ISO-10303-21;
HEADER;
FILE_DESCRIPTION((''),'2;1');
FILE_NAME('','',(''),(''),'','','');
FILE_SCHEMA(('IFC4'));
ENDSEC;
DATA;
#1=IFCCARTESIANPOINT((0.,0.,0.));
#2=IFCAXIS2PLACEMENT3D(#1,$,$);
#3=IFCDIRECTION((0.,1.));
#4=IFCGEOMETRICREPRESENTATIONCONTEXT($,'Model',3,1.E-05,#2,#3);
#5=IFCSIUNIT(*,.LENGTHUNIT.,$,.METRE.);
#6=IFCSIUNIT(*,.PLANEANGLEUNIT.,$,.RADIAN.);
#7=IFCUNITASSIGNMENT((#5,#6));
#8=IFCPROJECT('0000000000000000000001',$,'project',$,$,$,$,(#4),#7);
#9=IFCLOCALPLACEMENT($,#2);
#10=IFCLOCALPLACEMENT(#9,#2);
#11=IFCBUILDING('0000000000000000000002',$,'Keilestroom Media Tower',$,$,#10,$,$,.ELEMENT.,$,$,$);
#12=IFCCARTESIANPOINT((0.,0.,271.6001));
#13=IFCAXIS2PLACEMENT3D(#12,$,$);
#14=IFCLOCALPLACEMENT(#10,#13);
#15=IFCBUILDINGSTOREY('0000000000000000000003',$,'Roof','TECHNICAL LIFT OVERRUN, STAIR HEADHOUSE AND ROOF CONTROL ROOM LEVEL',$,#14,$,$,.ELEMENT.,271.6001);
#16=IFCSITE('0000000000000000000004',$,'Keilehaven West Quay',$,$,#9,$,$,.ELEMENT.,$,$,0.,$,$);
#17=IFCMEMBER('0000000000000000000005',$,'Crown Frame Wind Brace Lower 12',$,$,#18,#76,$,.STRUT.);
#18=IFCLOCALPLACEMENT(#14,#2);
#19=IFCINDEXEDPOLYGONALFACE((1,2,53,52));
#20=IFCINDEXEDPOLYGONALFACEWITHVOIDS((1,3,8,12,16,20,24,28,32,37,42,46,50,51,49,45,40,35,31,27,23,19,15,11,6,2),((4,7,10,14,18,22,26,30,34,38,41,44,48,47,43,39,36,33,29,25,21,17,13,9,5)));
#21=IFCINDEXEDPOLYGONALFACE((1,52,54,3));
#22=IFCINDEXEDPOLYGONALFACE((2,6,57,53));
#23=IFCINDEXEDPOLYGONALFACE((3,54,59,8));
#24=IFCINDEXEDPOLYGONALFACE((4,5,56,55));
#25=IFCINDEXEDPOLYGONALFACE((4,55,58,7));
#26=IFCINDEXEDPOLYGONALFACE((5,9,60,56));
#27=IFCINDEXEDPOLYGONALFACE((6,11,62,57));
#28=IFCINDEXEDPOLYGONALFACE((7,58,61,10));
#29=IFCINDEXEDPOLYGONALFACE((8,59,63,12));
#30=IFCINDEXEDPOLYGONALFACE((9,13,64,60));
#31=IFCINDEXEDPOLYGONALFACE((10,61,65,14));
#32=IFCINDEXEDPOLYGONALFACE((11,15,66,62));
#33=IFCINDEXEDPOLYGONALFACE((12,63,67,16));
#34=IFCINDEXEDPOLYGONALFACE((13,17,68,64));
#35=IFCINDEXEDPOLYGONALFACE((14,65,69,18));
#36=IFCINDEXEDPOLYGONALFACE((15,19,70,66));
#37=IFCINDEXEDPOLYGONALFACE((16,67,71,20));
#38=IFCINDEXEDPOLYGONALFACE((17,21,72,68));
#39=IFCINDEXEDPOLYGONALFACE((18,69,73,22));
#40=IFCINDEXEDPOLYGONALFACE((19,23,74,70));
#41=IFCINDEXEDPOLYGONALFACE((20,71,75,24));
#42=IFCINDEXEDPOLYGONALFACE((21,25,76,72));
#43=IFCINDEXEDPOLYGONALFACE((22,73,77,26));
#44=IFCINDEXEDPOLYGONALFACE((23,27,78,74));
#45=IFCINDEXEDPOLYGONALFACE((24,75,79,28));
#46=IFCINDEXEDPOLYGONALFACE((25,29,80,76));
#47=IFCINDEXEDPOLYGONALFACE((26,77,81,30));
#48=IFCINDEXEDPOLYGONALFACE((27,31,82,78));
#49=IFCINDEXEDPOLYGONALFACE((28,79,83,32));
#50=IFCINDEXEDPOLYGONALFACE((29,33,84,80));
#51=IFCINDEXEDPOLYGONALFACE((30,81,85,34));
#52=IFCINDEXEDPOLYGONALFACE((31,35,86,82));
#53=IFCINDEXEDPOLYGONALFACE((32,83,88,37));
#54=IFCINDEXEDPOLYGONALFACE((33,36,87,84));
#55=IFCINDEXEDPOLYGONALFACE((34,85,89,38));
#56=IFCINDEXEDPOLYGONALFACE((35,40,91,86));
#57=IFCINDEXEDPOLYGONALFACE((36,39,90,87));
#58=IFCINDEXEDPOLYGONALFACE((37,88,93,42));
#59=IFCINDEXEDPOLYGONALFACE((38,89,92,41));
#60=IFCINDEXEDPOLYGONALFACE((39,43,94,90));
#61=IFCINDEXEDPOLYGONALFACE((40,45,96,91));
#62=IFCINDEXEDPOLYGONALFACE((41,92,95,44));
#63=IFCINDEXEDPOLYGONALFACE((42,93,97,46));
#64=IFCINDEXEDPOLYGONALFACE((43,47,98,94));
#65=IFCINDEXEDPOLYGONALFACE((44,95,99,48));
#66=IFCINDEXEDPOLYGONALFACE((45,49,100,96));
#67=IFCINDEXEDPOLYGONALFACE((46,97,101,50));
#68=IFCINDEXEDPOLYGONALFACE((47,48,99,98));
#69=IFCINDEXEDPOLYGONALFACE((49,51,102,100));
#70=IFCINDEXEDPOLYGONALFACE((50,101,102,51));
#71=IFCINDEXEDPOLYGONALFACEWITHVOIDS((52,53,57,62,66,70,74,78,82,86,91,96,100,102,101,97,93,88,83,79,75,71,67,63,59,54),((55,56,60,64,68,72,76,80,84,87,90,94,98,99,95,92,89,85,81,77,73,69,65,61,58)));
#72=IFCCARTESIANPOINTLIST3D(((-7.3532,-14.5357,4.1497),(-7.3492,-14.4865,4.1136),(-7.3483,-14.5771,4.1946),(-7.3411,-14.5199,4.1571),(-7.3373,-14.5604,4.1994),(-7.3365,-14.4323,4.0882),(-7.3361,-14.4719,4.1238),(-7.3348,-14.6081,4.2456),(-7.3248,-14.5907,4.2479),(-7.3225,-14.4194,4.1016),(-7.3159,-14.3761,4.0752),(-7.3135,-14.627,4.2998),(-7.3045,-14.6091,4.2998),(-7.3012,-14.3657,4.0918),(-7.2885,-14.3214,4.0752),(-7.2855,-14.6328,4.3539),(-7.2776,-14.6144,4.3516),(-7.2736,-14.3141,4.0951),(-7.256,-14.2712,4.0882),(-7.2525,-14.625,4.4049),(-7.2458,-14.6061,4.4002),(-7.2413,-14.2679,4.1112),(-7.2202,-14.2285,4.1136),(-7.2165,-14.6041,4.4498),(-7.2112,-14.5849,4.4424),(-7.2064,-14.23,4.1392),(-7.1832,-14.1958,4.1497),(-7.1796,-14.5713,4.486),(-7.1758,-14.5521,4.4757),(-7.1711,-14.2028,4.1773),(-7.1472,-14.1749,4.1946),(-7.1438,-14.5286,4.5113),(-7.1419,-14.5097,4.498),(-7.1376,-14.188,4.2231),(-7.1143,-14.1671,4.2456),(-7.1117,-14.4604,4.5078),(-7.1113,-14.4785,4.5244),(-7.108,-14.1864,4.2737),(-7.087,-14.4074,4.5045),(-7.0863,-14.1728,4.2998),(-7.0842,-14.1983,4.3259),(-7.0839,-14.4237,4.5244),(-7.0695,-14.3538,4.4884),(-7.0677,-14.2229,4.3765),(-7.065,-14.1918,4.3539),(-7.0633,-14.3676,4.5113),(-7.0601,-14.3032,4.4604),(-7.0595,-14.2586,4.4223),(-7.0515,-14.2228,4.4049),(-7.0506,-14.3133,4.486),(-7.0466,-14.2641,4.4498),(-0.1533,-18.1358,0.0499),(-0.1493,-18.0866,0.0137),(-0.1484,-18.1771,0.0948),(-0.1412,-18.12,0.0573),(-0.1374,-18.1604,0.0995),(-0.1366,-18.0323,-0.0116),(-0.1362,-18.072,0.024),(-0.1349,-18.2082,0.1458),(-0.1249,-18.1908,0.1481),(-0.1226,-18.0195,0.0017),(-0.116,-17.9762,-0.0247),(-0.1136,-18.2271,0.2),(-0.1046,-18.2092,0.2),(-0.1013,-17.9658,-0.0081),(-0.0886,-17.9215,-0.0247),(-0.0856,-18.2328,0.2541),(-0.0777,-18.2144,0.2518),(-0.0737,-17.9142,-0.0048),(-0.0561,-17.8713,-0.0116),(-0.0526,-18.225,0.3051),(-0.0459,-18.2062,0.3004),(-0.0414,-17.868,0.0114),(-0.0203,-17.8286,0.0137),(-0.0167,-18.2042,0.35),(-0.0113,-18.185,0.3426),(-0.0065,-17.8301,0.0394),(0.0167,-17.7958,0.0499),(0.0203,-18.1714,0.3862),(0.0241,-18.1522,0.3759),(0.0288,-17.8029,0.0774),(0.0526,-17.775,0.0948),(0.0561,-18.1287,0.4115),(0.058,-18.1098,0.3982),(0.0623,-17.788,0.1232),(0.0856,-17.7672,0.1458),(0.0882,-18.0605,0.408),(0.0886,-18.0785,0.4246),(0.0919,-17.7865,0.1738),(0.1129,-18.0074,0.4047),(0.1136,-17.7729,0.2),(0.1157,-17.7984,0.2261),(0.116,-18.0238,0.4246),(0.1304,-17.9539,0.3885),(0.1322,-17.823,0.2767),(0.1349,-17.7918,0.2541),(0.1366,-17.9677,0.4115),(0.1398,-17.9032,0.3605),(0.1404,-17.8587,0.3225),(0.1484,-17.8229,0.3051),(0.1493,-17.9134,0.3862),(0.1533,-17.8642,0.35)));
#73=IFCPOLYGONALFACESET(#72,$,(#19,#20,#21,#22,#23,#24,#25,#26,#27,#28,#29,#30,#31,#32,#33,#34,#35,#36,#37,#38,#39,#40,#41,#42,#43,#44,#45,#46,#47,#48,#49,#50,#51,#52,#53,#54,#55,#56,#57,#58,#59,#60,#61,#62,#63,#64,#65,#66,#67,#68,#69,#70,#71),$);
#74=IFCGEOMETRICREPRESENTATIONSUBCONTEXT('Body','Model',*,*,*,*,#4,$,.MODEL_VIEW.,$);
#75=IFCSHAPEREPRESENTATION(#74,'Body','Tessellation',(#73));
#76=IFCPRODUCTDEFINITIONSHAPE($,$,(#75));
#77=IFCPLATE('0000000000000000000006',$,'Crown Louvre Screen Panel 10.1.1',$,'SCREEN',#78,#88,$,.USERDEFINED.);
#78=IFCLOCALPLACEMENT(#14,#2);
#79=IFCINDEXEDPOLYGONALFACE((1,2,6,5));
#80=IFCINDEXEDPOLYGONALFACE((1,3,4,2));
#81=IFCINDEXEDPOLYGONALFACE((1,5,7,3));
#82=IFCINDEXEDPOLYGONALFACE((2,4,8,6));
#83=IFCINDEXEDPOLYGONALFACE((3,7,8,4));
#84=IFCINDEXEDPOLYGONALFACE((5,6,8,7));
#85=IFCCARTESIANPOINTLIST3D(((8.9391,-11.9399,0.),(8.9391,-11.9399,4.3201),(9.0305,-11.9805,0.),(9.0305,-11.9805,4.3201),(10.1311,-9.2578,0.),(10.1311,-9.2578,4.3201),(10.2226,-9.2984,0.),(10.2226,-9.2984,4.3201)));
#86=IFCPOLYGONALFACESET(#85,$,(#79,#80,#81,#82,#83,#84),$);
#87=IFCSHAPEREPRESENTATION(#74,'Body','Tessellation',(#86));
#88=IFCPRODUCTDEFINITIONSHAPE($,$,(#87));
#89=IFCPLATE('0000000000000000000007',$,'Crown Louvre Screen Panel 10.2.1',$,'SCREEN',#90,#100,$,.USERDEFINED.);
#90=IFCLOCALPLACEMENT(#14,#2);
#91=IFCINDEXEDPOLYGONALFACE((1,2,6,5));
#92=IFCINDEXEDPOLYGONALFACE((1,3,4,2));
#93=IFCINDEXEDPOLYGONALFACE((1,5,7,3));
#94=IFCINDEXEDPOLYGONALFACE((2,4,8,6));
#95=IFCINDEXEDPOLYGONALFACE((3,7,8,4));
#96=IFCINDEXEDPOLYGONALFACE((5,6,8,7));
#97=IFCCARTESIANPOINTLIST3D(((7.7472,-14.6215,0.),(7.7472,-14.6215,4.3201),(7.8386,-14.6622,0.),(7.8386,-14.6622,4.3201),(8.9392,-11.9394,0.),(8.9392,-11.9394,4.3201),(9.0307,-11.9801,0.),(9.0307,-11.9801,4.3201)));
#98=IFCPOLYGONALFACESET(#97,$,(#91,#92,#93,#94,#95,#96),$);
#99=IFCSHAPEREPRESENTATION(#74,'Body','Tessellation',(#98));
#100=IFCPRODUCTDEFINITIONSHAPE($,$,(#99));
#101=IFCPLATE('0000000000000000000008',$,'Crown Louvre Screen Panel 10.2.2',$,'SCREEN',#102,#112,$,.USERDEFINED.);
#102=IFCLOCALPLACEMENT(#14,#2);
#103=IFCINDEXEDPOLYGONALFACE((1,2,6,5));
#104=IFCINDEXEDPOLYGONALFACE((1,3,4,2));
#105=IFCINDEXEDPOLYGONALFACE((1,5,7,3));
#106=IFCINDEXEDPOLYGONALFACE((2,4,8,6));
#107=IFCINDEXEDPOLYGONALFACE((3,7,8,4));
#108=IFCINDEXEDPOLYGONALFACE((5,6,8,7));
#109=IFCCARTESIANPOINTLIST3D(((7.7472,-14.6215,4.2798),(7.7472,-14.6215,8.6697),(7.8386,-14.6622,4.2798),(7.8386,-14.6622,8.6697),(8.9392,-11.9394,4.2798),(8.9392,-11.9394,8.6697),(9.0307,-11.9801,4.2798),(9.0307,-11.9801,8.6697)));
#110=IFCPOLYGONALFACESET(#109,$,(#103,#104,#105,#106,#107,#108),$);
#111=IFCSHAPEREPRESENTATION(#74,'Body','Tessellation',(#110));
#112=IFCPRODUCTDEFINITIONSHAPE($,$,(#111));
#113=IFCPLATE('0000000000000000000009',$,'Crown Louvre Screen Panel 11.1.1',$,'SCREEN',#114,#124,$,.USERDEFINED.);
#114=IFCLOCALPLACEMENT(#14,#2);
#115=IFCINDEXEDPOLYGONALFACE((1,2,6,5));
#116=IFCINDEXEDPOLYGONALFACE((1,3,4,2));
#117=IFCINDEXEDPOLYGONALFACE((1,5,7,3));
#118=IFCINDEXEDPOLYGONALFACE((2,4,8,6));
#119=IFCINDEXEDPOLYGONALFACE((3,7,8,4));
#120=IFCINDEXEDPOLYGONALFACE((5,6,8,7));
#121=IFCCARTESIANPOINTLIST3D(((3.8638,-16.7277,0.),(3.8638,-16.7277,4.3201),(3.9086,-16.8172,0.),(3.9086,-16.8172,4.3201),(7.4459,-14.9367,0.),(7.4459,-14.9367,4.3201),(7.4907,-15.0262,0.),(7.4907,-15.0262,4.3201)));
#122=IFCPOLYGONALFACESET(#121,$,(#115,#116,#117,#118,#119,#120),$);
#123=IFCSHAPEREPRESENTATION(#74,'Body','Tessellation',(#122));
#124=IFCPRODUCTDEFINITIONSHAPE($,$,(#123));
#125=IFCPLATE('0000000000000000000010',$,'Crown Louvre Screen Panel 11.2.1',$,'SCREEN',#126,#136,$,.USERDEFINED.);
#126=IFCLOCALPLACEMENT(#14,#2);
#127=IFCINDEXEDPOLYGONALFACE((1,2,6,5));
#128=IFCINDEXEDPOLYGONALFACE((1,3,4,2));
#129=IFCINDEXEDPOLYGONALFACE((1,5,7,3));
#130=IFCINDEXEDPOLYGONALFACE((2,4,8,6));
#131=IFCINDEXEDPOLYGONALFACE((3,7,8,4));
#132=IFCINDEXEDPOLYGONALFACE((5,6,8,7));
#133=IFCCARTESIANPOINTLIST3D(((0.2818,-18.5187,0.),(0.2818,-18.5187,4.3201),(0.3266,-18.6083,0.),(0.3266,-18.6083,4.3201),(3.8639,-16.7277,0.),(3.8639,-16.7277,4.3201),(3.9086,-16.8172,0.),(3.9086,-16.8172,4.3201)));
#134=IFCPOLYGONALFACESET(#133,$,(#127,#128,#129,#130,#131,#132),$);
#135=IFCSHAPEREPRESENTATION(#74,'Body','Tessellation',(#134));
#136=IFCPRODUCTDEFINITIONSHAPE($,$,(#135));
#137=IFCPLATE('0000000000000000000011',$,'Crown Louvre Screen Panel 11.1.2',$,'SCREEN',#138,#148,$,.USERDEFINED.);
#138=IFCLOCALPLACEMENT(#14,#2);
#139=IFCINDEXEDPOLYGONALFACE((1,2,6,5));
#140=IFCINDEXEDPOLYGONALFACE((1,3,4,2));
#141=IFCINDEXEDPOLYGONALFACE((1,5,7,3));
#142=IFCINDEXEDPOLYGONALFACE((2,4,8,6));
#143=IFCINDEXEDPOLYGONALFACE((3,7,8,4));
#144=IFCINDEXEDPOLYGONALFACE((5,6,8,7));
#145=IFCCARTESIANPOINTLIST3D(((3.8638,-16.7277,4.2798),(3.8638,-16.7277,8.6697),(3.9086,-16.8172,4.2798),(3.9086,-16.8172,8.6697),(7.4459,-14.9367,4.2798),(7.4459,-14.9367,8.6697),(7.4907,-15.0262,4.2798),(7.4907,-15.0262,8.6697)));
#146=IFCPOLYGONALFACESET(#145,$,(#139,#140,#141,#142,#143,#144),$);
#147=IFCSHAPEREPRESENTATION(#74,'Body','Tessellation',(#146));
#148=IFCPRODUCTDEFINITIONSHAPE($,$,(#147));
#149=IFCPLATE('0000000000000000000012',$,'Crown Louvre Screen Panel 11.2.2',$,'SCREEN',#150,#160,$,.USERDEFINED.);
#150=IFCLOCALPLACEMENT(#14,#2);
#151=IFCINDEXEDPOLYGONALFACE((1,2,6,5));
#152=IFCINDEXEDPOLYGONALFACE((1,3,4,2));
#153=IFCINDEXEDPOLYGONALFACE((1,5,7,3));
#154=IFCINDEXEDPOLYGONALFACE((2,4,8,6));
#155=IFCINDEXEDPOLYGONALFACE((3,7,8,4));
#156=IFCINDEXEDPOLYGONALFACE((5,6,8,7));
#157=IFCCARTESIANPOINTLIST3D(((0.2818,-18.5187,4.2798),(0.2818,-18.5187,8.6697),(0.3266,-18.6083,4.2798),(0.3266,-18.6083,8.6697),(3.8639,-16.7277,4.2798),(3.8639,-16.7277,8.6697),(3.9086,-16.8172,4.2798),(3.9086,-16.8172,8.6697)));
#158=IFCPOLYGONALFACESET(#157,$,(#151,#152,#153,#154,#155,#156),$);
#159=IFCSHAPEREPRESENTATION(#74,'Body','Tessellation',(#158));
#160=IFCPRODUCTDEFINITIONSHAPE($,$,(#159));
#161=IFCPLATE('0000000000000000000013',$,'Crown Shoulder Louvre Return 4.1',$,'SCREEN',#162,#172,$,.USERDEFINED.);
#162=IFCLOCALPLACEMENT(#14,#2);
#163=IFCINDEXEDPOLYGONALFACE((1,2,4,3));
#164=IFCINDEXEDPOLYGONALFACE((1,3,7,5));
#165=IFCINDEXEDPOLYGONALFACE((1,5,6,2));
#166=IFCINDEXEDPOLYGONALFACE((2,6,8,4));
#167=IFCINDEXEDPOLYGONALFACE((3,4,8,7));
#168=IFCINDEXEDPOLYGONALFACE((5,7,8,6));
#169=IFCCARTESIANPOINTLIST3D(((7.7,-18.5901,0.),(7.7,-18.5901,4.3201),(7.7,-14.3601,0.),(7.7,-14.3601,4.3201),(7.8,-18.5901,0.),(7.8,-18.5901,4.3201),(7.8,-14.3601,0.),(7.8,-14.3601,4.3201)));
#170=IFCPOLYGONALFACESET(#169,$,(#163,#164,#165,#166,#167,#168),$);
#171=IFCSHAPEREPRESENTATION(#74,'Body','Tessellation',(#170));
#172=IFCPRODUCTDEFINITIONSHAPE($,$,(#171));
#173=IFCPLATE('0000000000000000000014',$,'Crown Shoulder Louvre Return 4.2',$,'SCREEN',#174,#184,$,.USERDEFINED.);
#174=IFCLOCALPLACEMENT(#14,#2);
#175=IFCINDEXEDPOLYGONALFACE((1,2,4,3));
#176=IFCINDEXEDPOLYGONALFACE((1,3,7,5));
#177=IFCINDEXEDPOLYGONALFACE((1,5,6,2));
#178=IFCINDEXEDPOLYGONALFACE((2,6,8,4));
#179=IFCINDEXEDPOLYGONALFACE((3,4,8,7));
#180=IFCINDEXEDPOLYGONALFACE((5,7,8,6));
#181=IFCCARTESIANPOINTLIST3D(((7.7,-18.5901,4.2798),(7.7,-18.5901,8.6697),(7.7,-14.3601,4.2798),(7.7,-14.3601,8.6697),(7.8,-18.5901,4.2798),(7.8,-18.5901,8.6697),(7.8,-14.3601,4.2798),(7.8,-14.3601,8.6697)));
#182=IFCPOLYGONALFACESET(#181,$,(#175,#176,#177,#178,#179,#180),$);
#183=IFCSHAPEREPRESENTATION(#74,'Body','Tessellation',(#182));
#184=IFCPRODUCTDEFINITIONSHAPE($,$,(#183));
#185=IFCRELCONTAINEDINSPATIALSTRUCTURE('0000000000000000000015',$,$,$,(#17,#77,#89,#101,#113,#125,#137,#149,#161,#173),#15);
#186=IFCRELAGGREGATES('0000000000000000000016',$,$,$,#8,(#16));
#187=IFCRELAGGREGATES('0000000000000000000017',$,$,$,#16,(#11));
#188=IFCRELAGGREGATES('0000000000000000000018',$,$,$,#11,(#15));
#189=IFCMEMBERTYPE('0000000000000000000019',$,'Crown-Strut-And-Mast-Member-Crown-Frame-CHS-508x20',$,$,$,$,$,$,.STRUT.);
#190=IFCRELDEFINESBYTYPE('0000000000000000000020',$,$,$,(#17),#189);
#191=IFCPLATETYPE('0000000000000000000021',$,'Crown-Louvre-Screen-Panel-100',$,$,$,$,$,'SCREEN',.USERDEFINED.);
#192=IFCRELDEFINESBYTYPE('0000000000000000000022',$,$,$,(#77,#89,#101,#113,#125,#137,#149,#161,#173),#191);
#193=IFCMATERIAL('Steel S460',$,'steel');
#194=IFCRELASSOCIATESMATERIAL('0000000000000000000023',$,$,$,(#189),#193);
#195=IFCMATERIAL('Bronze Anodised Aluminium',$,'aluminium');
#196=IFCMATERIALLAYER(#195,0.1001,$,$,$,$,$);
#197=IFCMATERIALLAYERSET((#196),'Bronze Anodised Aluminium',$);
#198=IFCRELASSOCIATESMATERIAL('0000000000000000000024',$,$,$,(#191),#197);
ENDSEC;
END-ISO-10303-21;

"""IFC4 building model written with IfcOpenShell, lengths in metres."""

from ifc_helpers import new_model, si_unit, direction, frame, origin, origin_2d, place, context, subcontext, project, spatial, rectangle, hollow_circle, extrude, source, transform, mapped, material, layer, layer_set, material_profile, profile_set, type_object, element, save


model = new_model("IFC4")

# Units and contexts
model_context = context("Model", 3, precision=1e-05, world=origin(), true_north=direction((0.0, 1.0)))
body_context = subcontext(model_context, "Body", "Model", "MODEL_VIEW")
ifc_project = project(units=[si_unit("LENGTHUNIT", "METRE"), si_unit("PLANEANGLEUNIT", "RADIAN")], contexts=[model_context])

# Site, building, storey
site_placement = place(None, origin())
site = spatial("IfcSite", under=ifc_project, at=site_placement, Name="Keilehaven West Quay", CompositionType="ELEMENT", RefElevation=0.0)
building_placement = place(site_placement, origin())
building = spatial("IfcBuilding", under=site, at=building_placement, Name="Keilestroom Media Tower", CompositionType="ELEMENT")
storey_placement = place(building_placement, frame((0.0, 0.0, 271.6001)))
storey = spatial("IfcBuildingStorey", under=building, at=storey_placement, Name="Roof", Description="TECHNICAL LIFT OVERRUN, STAIR HEADHOUSE AND ROOF CONTROL ROOM LEVEL", CompositionType="ELEMENT", Elevation=271.6001)

# Member
ifc_material_1 = material(Name="Steel S460", Category="steel")
ifc_material_profile_1 = material_profile(ifc_material_1, hollow_circle(Radius=0.2539, WallThickness=0.02, at=origin_2d()), Name="CHS 508x20")
ifc_profile_set_1 = profile_set([ifc_material_profile_1], Name="Steel S460")
member_type = type_object("IfcMemberType", Name="Crown-Strut-And-Mast-Member-Crown-Frame-CHS-508x20", PredefinedType="STRUT", material=ifc_profile_set_1)
shared_shape_1 = source(origin(), body_context, "Body", "SweptSolid", [
    extrude(hollow_circle(Radius=0.2539, WallThickness=0.02, at=origin_2d()), origin(), (0.0, 0.0, 1.0), 9.0337),
])
for number, where, z_axis, x_axis, name in (
    (1, (0.0, -18.0, 0.2), (-0.797005, 0.398516, 0.453837), (-0.447226, -0.894421, 0.0), "Crown Frame Wind Brace Lower 12"),
):
    element("IfcMember", number, at=place(storey_placement, frame(where, z_axis=z_axis, x_axis=x_axis)), inside=storey, type_object=member_type, Name=name, PredefinedType="STRUT", context=body_context, shape_type="MappedRepresentation", body=[
        mapped(shared_shape_1, transform((0.0, 0.0, 0.0), x_axis=(1.0, 0.0, 0.0), y_axis=(0.0, 1.0, 0.0), z_axis=(0.0, 0.0, 1.0), scale=1.0)),
    ])

# Plates
ifc_material_2 = material(Name="Bronze Anodised Aluminium", Category="aluminium")
ifc_layer = layer(ifc_material_2, 0.1001)
ifc_layer_set = layer_set([ifc_layer], Name="Bronze Anodised Aluminium")
plate_type = type_object("IfcPlateType", Name="Crown-Louvre-Screen-Panel-100", ElementType="SCREEN", PredefinedType="USERDEFINED", material=ifc_layer_set)
shared_shape_2 = source(origin(), body_context, "Body", "SweptSolid", [
    extrude(rectangle(XDim=2.9351, YDim=0.1001, at=origin_2d()), origin(), (0.0, 0.0, 1.0), 4.3201),
])
for number, where, z_axis, x_axis, name in (
    (2, (9.5808, -10.6191, 0.0), (0.0, 0.0, 1.0), (-0.406139, -0.913811, 0.0), "Crown Louvre Screen Panel 10.1.1"),
    (3, (8.3889, -13.3008, 0.0), (0.0, 0.0, 1.0), (-0.406139, -0.913811, 0.0), "Crown Louvre Screen Panel 10.2.1"),
):
    element("IfcPlate", number, at=place(storey_placement, frame(where, z_axis=z_axis, x_axis=x_axis)), inside=storey, type_object=plate_type, Name=name, ObjectType="SCREEN", PredefinedType="USERDEFINED", context=body_context, shape_type="MappedRepresentation", body=[
        mapped(shared_shape_2, transform((0.0, 0.0, 0.0), x_axis=(1.0, 0.0, 0.0), y_axis=(0.0, 1.0, 0.0), z_axis=(0.0, 0.0, 1.0), scale=1.0)),
    ])
shared_shape_3 = source(origin(), body_context, "Body", "SweptSolid", [
    extrude(rectangle(XDim=2.9351, YDim=0.1001, at=origin_2d()), origin(), (0.0, 0.0, 1.0), 4.3899),
])
plate_1_placement = place(storey_placement, frame((8.3889, -13.3008, 4.2798), z_axis=(0.0, 0.0, 1.0), x_axis=(-0.406139, -0.913811, 0.0)))
element("IfcPlate", 4, at=plate_1_placement, inside=storey, type_object=plate_type, Name="Crown Louvre Screen Panel 10.2.2", ObjectType="SCREEN", PredefinedType="USERDEFINED", context=body_context, shape_type="MappedRepresentation", body=[
    mapped(shared_shape_3, transform((0.0, 0.0, 0.0), x_axis=(1.0, 0.0, 0.0), y_axis=(0.0, 1.0, 0.0), z_axis=(0.0, 0.0, 1.0), scale=1.0)),
])
shared_shape_4 = source(origin(), body_context, "Body", "SweptSolid", [
    extrude(rectangle(XDim=4.0049, YDim=0.1001, at=origin_2d()), origin(), (0.0, 0.0, 1.0), 4.3201),
])
for number, where, z_axis, x_axis, name in (
    (5, (5.6772, -15.877, 0.0), (0.0, 0.0, 1.0), (-0.894427, -0.447214, 0.0), "Crown Louvre Screen Panel 11.1.1"),
    (6, (2.0952, -17.668, 0.0), (0.0, 0.0, 1.0), (-0.894427, -0.447214, 0.0), "Crown Louvre Screen Panel 11.2.1"),
):
    element("IfcPlate", number, at=place(storey_placement, frame(where, z_axis=z_axis, x_axis=x_axis)), inside=storey, type_object=plate_type, Name=name, ObjectType="SCREEN", PredefinedType="USERDEFINED", context=body_context, shape_type="MappedRepresentation", body=[
        mapped(shared_shape_4, transform((0.0, 0.0, 0.0), x_axis=(1.0, 0.0, 0.0), y_axis=(0.0, 1.0, 0.0), z_axis=(0.0, 0.0, 1.0), scale=1.0)),
    ])
shared_shape_5 = source(origin(), body_context, "Body", "SweptSolid", [
    extrude(rectangle(XDim=4.0049, YDim=0.1001, at=origin_2d()), origin(), (0.0, 0.0, 1.0), 4.3899),
])
for number, where, z_axis, x_axis, name in (
    (7, (5.6772, -15.877, 4.2798), (0.0, 0.0, 1.0), (-0.894427, -0.447214, 0.0), "Crown Louvre Screen Panel 11.1.2"),
    (8, (2.0952, -17.668, 4.2798), (0.0, 0.0, 1.0), (-0.894427, -0.447214, 0.0), "Crown Louvre Screen Panel 11.2.2"),
):
    element("IfcPlate", number, at=place(storey_placement, frame(where, z_axis=z_axis, x_axis=x_axis)), inside=storey, type_object=plate_type, Name=name, ObjectType="SCREEN", PredefinedType="USERDEFINED", context=body_context, shape_type="MappedRepresentation", body=[
        mapped(shared_shape_5, transform((0.0, 0.0, 0.0), x_axis=(1.0, 0.0, 0.0), y_axis=(0.0, 1.0, 0.0), z_axis=(0.0, 0.0, 1.0), scale=1.0)),
    ])
shared_shape_6 = source(origin(), body_context, "Body", "SweptSolid", [
    extrude(rectangle(XDim=4.23, YDim=0.1001, at=origin_2d()), origin(), (0.0, 0.0, 1.0), 4.3201),
])
plate_2_placement = place(storey_placement, frame((7.75, -16.4751, 0.0), z_axis=(0.0, 0.0, 1.0), x_axis=(0.0, 1.0, 0.0)))
element("IfcPlate", 9, at=plate_2_placement, inside=storey, type_object=plate_type, Name="Crown Shoulder Louvre Return 4.1", ObjectType="SCREEN", PredefinedType="USERDEFINED", context=body_context, shape_type="MappedRepresentation", body=[
    mapped(shared_shape_6, transform((0.0, 0.0, 0.0), x_axis=(1.0, 0.0, 0.0), y_axis=(0.0, 1.0, 0.0), z_axis=(0.0, 0.0, 1.0), scale=1.0)),
])
shared_shape_7 = source(origin(), body_context, "Body", "SweptSolid", [
    extrude(rectangle(XDim=4.23, YDim=0.1001, at=origin_2d()), origin(), (0.0, 0.0, 1.0), 4.3899),
])
plate_3_placement = place(storey_placement, frame((7.75, -16.4751, 4.2798), z_axis=(0.0, 0.0, 1.0), x_axis=(0.0, 1.0, 0.0)))
element("IfcPlate", 10, at=plate_3_placement, inside=storey, type_object=plate_type, Name="Crown Shoulder Louvre Return 4.2", ObjectType="SCREEN", PredefinedType="USERDEFINED", context=body_context, shape_type="MappedRepresentation", body=[
    mapped(shared_shape_7, transform((0.0, 0.0, 0.0), x_axis=(1.0, 0.0, 0.0), y_axis=(0.0, 1.0, 0.0), z_axis=(0.0, 0.0, 1.0), scale=1.0)),
])

save(model, "model.ifc")
